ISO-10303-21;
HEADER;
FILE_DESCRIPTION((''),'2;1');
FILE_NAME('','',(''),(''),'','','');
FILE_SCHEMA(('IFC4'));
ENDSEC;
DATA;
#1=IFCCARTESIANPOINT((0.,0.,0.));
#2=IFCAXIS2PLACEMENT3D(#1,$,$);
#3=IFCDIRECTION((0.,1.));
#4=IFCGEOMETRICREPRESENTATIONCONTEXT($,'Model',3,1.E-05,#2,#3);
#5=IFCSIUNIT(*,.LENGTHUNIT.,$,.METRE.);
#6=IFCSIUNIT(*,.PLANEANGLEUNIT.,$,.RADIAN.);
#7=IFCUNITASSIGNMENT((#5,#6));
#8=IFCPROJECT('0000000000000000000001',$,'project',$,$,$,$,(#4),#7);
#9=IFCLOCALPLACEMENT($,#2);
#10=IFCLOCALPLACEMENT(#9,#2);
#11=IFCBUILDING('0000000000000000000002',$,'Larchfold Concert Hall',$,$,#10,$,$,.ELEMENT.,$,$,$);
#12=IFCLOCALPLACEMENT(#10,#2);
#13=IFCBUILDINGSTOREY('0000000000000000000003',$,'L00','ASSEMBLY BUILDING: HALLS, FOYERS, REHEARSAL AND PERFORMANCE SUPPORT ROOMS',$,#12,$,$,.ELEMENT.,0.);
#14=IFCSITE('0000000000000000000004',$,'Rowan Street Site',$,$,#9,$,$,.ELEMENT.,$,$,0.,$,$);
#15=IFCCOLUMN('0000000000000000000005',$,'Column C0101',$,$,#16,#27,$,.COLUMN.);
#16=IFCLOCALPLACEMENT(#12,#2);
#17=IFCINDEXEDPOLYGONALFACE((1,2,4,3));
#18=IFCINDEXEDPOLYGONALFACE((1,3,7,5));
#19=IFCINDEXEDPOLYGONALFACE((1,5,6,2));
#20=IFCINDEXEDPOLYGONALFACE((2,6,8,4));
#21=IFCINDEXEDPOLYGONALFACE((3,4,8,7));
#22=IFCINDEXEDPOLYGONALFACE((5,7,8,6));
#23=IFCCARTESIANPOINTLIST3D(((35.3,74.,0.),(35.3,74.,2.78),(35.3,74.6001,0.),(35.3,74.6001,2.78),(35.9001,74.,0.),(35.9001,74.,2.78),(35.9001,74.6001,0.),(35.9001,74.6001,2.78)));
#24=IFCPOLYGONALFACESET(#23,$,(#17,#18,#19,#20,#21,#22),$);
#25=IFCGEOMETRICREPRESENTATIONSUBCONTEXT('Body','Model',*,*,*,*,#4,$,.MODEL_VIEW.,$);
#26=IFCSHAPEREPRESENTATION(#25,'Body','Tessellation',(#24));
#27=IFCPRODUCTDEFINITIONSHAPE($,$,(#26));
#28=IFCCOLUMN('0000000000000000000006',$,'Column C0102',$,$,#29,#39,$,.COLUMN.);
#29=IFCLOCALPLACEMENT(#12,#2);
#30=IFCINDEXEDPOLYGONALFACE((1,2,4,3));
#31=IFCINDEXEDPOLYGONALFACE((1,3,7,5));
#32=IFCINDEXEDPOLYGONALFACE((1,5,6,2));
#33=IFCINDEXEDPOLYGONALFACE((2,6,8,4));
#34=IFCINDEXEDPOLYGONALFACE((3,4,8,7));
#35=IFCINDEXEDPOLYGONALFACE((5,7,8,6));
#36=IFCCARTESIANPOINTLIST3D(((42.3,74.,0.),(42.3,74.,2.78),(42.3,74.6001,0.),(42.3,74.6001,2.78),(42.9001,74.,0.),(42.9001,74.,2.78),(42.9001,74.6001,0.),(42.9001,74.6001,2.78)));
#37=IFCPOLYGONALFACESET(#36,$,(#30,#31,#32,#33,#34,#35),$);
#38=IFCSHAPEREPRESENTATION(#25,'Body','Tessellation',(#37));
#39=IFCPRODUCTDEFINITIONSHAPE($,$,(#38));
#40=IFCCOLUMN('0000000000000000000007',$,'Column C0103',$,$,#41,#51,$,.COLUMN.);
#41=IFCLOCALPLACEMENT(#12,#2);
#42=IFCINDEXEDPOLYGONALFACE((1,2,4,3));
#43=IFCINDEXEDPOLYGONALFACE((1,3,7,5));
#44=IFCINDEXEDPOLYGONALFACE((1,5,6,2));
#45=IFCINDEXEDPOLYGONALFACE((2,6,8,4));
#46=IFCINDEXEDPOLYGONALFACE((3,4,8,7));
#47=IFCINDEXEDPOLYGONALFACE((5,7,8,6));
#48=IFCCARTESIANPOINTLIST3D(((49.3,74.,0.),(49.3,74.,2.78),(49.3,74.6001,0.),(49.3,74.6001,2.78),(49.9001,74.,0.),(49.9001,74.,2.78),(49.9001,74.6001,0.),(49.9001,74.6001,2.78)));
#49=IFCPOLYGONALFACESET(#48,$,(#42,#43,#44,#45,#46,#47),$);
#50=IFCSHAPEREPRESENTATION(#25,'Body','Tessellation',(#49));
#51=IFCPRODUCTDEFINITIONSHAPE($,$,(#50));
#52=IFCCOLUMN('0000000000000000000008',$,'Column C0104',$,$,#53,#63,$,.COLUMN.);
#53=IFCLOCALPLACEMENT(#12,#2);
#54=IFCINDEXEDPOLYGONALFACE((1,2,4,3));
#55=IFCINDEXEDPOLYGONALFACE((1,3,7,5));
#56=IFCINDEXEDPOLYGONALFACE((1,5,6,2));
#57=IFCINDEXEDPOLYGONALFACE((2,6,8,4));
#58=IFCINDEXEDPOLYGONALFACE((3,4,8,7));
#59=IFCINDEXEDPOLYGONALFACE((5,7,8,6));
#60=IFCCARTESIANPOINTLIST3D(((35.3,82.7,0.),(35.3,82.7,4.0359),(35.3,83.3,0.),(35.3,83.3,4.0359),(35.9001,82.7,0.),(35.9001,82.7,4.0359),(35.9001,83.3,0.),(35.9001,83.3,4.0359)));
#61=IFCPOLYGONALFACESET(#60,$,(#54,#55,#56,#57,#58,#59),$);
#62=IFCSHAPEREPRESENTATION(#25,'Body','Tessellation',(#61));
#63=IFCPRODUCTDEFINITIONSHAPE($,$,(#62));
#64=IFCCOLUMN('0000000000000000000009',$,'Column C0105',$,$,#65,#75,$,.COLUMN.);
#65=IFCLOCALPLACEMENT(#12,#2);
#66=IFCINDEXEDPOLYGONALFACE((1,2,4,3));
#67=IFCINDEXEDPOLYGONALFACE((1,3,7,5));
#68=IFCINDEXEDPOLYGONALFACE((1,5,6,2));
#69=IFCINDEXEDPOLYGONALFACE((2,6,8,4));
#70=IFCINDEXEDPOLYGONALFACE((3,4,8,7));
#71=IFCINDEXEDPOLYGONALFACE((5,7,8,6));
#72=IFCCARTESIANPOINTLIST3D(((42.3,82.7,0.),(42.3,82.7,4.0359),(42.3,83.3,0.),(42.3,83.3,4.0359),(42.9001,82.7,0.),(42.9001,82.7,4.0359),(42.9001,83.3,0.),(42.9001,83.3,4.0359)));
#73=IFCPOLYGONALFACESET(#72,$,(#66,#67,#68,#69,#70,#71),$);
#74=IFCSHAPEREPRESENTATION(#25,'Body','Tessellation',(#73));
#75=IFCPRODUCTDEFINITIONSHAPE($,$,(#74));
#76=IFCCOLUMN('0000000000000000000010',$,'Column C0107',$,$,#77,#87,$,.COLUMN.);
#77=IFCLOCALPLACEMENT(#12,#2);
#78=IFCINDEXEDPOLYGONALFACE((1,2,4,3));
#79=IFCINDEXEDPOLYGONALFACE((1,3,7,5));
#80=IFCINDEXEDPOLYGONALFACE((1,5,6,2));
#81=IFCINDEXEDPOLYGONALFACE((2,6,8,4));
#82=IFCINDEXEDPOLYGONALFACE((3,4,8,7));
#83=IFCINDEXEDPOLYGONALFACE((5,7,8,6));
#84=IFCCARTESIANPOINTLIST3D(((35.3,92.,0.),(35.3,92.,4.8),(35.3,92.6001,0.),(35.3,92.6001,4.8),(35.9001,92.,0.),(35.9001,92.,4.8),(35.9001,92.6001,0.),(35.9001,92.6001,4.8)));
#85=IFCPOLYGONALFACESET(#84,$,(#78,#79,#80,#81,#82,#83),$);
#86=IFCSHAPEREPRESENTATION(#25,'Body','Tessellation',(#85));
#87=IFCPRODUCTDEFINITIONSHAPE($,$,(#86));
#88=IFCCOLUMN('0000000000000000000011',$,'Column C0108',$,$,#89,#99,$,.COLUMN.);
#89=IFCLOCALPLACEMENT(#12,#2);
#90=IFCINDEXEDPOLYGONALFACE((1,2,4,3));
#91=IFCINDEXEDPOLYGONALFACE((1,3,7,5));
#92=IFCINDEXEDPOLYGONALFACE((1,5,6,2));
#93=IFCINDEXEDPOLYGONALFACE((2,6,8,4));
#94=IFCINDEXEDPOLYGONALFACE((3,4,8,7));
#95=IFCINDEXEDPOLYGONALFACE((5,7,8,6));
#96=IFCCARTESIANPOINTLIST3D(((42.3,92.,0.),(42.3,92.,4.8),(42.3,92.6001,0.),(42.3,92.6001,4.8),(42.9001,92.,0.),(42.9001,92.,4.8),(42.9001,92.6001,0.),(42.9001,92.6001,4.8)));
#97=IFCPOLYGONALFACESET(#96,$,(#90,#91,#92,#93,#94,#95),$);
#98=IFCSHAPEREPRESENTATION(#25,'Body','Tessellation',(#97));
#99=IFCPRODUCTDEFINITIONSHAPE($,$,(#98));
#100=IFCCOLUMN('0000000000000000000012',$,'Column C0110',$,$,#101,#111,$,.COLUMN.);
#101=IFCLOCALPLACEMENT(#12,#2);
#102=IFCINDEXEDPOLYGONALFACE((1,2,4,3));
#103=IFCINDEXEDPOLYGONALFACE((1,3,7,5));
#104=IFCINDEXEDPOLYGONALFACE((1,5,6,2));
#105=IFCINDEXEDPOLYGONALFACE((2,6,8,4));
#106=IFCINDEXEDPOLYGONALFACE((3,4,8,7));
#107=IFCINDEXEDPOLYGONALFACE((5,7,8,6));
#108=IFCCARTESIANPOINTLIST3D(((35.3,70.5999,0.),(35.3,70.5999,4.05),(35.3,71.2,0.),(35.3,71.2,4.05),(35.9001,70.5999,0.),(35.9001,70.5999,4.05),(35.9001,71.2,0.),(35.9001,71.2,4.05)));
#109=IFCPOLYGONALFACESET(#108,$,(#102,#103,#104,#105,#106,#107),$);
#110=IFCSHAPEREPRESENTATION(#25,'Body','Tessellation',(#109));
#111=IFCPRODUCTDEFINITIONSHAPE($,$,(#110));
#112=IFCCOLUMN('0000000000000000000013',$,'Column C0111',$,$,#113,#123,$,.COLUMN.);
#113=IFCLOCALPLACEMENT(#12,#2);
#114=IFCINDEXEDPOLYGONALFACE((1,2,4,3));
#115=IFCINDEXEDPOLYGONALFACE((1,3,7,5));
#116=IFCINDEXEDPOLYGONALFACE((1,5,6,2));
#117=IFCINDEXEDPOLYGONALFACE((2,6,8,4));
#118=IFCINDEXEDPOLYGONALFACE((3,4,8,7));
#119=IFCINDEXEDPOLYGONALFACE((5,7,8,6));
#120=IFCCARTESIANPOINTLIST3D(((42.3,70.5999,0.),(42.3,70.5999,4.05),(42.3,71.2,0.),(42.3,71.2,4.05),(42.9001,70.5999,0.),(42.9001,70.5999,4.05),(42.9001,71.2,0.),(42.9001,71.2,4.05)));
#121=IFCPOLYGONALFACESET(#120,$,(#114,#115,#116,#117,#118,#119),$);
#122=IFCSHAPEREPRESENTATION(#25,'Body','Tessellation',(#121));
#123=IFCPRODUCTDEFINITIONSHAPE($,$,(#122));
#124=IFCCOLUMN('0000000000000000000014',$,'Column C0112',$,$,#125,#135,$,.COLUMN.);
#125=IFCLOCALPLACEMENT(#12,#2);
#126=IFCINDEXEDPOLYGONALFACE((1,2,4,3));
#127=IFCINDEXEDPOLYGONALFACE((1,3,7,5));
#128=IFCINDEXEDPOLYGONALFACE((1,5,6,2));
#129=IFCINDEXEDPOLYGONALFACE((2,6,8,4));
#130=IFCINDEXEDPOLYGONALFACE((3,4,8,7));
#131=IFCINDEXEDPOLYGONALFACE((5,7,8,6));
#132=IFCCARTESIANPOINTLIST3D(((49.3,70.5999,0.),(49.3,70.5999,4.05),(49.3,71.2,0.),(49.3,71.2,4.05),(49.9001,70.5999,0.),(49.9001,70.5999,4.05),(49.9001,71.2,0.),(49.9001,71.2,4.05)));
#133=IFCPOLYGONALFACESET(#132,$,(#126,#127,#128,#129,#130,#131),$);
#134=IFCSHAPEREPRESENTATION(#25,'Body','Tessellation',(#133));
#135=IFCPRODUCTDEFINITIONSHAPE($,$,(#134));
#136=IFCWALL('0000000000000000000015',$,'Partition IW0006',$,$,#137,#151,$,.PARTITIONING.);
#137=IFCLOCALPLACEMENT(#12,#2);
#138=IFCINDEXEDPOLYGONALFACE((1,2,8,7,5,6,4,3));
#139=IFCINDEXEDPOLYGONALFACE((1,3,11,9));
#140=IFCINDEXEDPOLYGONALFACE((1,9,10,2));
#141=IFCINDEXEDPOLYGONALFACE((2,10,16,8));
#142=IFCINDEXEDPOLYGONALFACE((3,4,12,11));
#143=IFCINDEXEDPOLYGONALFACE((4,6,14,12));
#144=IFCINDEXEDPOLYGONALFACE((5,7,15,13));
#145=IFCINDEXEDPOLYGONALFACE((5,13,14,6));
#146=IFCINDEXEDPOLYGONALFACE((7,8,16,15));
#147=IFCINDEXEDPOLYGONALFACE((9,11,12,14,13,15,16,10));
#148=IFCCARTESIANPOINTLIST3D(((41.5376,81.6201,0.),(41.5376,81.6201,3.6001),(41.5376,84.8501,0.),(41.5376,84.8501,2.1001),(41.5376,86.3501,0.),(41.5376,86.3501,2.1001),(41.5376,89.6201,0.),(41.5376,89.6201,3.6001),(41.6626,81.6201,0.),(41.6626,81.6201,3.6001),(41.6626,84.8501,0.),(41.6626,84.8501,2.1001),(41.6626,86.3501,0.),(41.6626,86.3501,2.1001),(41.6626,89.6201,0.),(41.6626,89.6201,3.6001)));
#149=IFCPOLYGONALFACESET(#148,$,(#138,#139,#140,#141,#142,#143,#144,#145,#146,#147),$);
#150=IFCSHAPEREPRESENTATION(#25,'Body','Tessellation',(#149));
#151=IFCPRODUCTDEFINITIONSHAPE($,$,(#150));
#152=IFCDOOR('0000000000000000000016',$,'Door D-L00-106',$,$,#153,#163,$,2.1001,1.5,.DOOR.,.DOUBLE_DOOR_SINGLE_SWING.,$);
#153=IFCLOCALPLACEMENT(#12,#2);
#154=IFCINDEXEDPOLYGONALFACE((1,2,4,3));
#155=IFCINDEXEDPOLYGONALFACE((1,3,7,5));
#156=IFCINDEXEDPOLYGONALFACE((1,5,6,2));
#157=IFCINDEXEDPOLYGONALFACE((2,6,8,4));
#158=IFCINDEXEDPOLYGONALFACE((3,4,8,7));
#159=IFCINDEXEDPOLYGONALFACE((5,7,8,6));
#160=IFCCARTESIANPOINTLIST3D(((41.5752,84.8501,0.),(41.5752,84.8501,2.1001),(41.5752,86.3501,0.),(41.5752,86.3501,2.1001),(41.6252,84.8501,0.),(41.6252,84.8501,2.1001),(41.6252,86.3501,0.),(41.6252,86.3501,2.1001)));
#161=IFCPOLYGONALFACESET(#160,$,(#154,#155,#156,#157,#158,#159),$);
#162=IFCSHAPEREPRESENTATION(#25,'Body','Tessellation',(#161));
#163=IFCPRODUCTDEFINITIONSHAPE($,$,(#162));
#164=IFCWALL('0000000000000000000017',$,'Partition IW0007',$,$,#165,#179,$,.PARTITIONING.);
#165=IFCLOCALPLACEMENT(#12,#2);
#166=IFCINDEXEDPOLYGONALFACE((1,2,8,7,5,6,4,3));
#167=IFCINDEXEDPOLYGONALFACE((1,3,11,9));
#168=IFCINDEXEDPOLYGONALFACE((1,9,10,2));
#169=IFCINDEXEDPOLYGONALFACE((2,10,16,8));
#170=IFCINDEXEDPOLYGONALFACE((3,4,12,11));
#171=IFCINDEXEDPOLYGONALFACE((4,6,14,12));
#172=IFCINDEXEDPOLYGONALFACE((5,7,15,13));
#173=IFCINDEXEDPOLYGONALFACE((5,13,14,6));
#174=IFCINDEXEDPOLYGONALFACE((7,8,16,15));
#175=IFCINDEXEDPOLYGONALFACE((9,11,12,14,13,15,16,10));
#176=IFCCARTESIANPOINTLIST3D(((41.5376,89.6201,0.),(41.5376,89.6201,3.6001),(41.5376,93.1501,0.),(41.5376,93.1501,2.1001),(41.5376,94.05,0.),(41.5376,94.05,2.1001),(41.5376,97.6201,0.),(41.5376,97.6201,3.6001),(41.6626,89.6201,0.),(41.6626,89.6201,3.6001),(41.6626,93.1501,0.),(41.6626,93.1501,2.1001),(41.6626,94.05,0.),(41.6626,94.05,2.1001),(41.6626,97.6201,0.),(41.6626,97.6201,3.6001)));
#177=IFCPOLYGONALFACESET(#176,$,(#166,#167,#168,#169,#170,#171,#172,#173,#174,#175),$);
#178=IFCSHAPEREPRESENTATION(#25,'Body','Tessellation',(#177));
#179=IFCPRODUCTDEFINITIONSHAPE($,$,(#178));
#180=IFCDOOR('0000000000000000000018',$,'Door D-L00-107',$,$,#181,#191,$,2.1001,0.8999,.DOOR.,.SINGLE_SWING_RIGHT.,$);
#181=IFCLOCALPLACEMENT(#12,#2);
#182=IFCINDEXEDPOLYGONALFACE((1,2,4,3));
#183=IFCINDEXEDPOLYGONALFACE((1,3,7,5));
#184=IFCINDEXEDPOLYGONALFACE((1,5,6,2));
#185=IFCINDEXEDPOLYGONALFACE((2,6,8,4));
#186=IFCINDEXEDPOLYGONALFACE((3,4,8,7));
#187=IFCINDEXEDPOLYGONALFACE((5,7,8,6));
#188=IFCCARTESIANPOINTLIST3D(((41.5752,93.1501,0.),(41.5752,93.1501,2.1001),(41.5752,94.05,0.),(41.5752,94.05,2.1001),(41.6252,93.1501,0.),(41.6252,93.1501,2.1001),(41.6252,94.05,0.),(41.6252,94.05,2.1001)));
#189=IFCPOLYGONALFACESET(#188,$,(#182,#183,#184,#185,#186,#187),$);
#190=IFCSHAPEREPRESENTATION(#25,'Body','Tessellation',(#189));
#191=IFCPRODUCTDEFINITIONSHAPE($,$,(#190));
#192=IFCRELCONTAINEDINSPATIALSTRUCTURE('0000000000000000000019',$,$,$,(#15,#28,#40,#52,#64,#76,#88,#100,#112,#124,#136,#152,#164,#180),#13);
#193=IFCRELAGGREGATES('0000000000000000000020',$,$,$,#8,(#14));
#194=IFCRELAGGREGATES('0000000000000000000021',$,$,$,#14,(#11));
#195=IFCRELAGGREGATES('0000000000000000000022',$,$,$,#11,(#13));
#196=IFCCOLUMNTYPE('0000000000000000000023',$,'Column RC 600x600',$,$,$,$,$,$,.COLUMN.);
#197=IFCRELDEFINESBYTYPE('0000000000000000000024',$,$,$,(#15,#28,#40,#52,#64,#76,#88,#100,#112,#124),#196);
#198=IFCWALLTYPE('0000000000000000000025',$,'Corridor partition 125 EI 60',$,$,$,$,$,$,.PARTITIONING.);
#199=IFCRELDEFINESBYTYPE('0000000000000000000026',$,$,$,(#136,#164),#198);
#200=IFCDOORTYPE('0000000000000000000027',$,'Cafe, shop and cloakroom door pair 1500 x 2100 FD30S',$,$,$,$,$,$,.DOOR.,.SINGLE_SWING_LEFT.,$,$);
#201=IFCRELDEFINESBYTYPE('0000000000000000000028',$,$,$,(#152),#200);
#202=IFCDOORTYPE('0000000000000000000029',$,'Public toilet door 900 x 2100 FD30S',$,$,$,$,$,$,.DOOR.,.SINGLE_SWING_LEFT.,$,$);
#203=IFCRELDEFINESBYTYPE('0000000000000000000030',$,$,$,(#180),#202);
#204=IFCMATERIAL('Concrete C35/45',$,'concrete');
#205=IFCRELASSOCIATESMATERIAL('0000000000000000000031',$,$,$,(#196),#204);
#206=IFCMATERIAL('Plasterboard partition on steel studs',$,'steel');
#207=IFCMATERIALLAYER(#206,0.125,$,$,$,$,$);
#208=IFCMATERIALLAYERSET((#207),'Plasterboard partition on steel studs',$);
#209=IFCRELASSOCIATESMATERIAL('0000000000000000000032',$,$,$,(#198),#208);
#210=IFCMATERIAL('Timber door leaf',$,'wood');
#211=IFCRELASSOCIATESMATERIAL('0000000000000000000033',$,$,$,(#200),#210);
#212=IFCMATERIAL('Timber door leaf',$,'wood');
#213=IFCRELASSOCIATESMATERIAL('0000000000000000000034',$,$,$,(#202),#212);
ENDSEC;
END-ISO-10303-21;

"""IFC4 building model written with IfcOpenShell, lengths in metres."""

from ifc_helpers import new_model, si_unit, direction, frame, frame_2d, origin, origin_2d, place, context, subcontext, project, spatial, rectangle, extrude, material, layer, layer_set, material_profile, profile_set, type_object, element, fill, save


model = new_model("IFC4")

# Units and contexts
model_context = context("Model", 3, precision=1e-05, world=origin(), true_north=direction((0.0, 1.0)))
body_context = subcontext(model_context, "Body", "Model", "MODEL_VIEW")
ifc_project = project(units=[si_unit("LENGTHUNIT", "METRE"), si_unit("PLANEANGLEUNIT", "RADIAN")], contexts=[model_context])

# Site, building, storey
site_placement = place(None, origin())
site = spatial("IfcSite", under=ifc_project, at=site_placement, Name="Rowan Street Site", CompositionType="ELEMENT", RefElevation=0.0)
building_placement = place(site_placement, origin())
building = spatial("IfcBuilding", under=site, at=building_placement, Name="Larchfold Concert Hall", CompositionType="ELEMENT")
storey_placement = place(building_placement, origin())
storey = spatial("IfcBuildingStorey", under=building, at=storey_placement, Name="L00", Description="ASSEMBLY BUILDING: HALLS, FOYERS, REHEARSAL AND PERFORMANCE SUPPORT ROOMS", CompositionType="ELEMENT", Elevation=0.0)

# Columns
ifc_material_1 = material(Name="Concrete C35/45", Category="concrete")
ifc_material_profile = material_profile(ifc_material_1, rectangle(XDim=0.6001, YDim=0.6001, at=origin_2d()))
ifc_profile_set = profile_set([ifc_material_profile], Name="Concrete C35/45")
column_type = type_object("IfcColumnType", Name="Column RC 600x600", PredefinedType="COLUMN", material=ifc_profile_set)
for number, where, z_axis, x_axis, name in (
    (1, (35.6001, 74.3, 0.0), (0.0, 0.0, 1.0), (1.0, 0.0, 0.0), "Column C0101"),
    (2, (42.6001, 74.3, 0.0), (0.0, 0.0, 1.0), (1.0, 0.0, 0.0), "Column C0102"),
    (3, (49.6001, 74.3, 0.0), (0.0, 0.0, 1.0), (1.0, 0.0, 0.0), "Column C0103"),
):
    element("IfcColumn", number, at=place(storey_placement, frame(where, z_axis=z_axis, x_axis=x_axis)), inside=storey, type_object=column_type, Name=name, PredefinedType="COLUMN", context=body_context, shape_type="SweptSolid", body=[
        extrude(rectangle(XDim=0.6001, YDim=0.6001, at=origin_2d()), origin(), (0.0, 0.0, 1.0), 2.78),
    ])
for number, where, z_axis, x_axis, name in (
    (4, (35.6001, 83.0, 0.0), (0.0, 0.0, 1.0), (1.0, 0.0, 0.0), "Column C0104"),
    (5, (42.6001, 83.0, 0.0), (0.0, 0.0, 1.0), (1.0, 0.0, 0.0), "Column C0105"),
):
    element("IfcColumn", number, at=place(storey_placement, frame(where, z_axis=z_axis, x_axis=x_axis)), inside=storey, type_object=column_type, Name=name, PredefinedType="COLUMN", context=body_context, shape_type="SweptSolid", body=[
        extrude(rectangle(XDim=0.6001, YDim=0.6001, at=origin_2d()), origin(), (0.0, 0.0, 1.0), 4.0359),
    ])
for number, where, z_axis, x_axis, name in (
    (6, (35.6001, 92.3, 0.0), (0.0, 0.0, 1.0), (1.0, 0.0, 0.0), "Column C0107"),
    (7, (42.6001, 92.3, 0.0), (0.0, 0.0, 1.0), (1.0, 0.0, 0.0), "Column C0108"),
):
    element("IfcColumn", number, at=place(storey_placement, frame(where, z_axis=z_axis, x_axis=x_axis)), inside=storey, type_object=column_type, Name=name, PredefinedType="COLUMN", context=body_context, shape_type="SweptSolid", body=[
        extrude(rectangle(XDim=0.6001, YDim=0.6001, at=origin_2d()), origin(), (0.0, 0.0, 1.0), 4.8),
    ])
for number, where, z_axis, x_axis, name in (
    (8, (35.6001, 70.8999, 0.0), (0.0, 0.0, 1.0), (1.0, 0.0, 0.0), "Column C0110"),
    (9, (42.6001, 70.8999, 0.0), (0.0, 0.0, 1.0), (1.0, 0.0, 0.0), "Column C0111"),
    (10, (49.6001, 70.8999, 0.0), (0.0, 0.0, 1.0), (1.0, 0.0, 0.0), "Column C0112"),
):
    element("IfcColumn", number, at=place(storey_placement, frame(where, z_axis=z_axis, x_axis=x_axis)), inside=storey, type_object=column_type, Name=name, PredefinedType="COLUMN", context=body_context, shape_type="SweptSolid", body=[
        extrude(rectangle(XDim=0.6001, YDim=0.6001, at=origin_2d()), origin(), (0.0, 0.0, 1.0), 4.05),
    ])

# Walls, openings, doors
ifc_material_2 = material(Name="Plasterboard partition on steel studs", Category="steel")
ifc_layer_1 = layer(ifc_material_2, 0.125)
ifc_layer_set_1 = layer_set([ifc_layer_1], Name="Plasterboard partition on steel studs")
wall_type_1 = type_object("IfcWallType", Name="Corridor partition 125 EI 60", PredefinedType="PARTITIONING", material=ifc_layer_set_1)
wall_1_placement = place(storey_placement, frame((41.6001, 81.6201, 0.0), z_axis=(0.0, 0.0, 1.0), x_axis=(0.0, 1.0, 0.0)))
wall_1 = element("IfcWall", 11, at=wall_1_placement, inside=storey, type_object=wall_type_1, Name="Partition IW0006", PredefinedType="PARTITIONING", context=body_context, shape_type="SweptSolid", body=[
    extrude(rectangle(XDim=8.0, YDim=0.125, at=frame_2d((4.0, 0.0))), origin(), (0.0, 0.0, 1.0), 3.6001),
])
opening_1_placement = place(wall_1_placement, frame((3.23, 0.0, 0.0)))
opening_1 = element("IfcOpeningElement", 12, at=opening_1_placement, cuts=wall_1, PredefinedType="OPENING", context=body_context, shape_type="SweptSolid", body=[
    extrude(rectangle(XDim=1.5, YDim=2.1001, at=frame_2d((0.75, 1.05))), frame((0.0, 0.0725, 0.0), z_axis=(0.0, -1.0, 0.0), x_axis=(1.0, 0.0, 0.0)), (0.0, 0.0, 1.0), 0.145),
])
ifc_material_3 = material(Name="Timber door leaf", Category="wood")
door_type_1 = type_object("IfcDoorType", Name="Cafe, shop and cloakroom door pair 1500 x 2100 FD30S", OperationType="SINGLE_SWING_LEFT", PredefinedType="DOOR", material=ifc_material_3)
door_1_placement = place(opening_1_placement, origin())
door_1 = element("IfcDoor", 13, at=door_1_placement, inside=storey, type_object=door_type_1, Name="Door D-L00-106", OperationType="DOUBLE_DOOR_SINGLE_SWING", OverallHeight=2.1001, OverallWidth=1.5, PredefinedType="DOOR", context=body_context, shape_type="SweptSolid", body=[
    extrude(rectangle(XDim=1.5, YDim=2.1001, at=frame_2d((0.75, 1.05))), frame((0.0, 0.0249, 0.0), z_axis=(0.0, -1.0, 0.0), x_axis=(1.0, 0.0, 0.0)), (0.0, 0.0, 1.0), 0.05),
])
fill(opening_1, door_1)
wall_2_placement = place(storey_placement, frame((41.6001, 89.6201, 0.0), z_axis=(0.0, 0.0, 1.0), x_axis=(0.0, 1.0, 0.0)))
wall_2 = element("IfcWall", 14, at=wall_2_placement, inside=storey, type_object=wall_type_1, Name="Partition IW0007", PredefinedType="PARTITIONING", context=body_context, shape_type="SweptSolid", body=[
    extrude(rectangle(XDim=8.0, YDim=0.125, at=frame_2d((4.0, 0.0))), origin(), (0.0, 0.0, 1.0), 3.6001),
])
opening_2_placement = place(wall_2_placement, frame((3.53, 0.0, 0.0)))
opening_2 = element("IfcOpeningElement", 15, at=opening_2_placement, cuts=wall_2, PredefinedType="OPENING", context=body_context, shape_type="SweptSolid", body=[
    extrude(rectangle(XDim=0.8999, YDim=2.1001, at=frame_2d((0.45, 1.05))), frame((0.0, 0.0725, 0.0), z_axis=(0.0, -1.0, 0.0), x_axis=(1.0, 0.0, 0.0)), (0.0, 0.0, 1.0), 0.145),
])
ifc_material_4 = material(Name="Timber door leaf", Category="wood")
door_type_2 = type_object("IfcDoorType", Name="Public toilet door 900 x 2100 FD30S", OperationType="SINGLE_SWING_LEFT", PredefinedType="DOOR", material=ifc_material_4)
door_2_placement = place(opening_2_placement, origin())
door_2 = element("IfcDoor", 16, at=door_2_placement, inside=storey, type_object=door_type_2, Name="Door D-L00-107", OperationType="SINGLE_SWING_RIGHT", OverallHeight=2.1001, OverallWidth=0.8999, PredefinedType="DOOR", context=body_context, shape_type="SweptSolid", body=[
    extrude(rectangle(XDim=0.8999, YDim=2.1001, at=frame_2d((0.45, 1.05))), frame((0.0, 0.0249, 0.0), z_axis=(0.0, -1.0, 0.0), x_axis=(1.0, 0.0, 0.0)), (0.0, 0.0, 1.0), 0.05),
])
fill(opening_2, door_2)

save(model, "model.ifc")
